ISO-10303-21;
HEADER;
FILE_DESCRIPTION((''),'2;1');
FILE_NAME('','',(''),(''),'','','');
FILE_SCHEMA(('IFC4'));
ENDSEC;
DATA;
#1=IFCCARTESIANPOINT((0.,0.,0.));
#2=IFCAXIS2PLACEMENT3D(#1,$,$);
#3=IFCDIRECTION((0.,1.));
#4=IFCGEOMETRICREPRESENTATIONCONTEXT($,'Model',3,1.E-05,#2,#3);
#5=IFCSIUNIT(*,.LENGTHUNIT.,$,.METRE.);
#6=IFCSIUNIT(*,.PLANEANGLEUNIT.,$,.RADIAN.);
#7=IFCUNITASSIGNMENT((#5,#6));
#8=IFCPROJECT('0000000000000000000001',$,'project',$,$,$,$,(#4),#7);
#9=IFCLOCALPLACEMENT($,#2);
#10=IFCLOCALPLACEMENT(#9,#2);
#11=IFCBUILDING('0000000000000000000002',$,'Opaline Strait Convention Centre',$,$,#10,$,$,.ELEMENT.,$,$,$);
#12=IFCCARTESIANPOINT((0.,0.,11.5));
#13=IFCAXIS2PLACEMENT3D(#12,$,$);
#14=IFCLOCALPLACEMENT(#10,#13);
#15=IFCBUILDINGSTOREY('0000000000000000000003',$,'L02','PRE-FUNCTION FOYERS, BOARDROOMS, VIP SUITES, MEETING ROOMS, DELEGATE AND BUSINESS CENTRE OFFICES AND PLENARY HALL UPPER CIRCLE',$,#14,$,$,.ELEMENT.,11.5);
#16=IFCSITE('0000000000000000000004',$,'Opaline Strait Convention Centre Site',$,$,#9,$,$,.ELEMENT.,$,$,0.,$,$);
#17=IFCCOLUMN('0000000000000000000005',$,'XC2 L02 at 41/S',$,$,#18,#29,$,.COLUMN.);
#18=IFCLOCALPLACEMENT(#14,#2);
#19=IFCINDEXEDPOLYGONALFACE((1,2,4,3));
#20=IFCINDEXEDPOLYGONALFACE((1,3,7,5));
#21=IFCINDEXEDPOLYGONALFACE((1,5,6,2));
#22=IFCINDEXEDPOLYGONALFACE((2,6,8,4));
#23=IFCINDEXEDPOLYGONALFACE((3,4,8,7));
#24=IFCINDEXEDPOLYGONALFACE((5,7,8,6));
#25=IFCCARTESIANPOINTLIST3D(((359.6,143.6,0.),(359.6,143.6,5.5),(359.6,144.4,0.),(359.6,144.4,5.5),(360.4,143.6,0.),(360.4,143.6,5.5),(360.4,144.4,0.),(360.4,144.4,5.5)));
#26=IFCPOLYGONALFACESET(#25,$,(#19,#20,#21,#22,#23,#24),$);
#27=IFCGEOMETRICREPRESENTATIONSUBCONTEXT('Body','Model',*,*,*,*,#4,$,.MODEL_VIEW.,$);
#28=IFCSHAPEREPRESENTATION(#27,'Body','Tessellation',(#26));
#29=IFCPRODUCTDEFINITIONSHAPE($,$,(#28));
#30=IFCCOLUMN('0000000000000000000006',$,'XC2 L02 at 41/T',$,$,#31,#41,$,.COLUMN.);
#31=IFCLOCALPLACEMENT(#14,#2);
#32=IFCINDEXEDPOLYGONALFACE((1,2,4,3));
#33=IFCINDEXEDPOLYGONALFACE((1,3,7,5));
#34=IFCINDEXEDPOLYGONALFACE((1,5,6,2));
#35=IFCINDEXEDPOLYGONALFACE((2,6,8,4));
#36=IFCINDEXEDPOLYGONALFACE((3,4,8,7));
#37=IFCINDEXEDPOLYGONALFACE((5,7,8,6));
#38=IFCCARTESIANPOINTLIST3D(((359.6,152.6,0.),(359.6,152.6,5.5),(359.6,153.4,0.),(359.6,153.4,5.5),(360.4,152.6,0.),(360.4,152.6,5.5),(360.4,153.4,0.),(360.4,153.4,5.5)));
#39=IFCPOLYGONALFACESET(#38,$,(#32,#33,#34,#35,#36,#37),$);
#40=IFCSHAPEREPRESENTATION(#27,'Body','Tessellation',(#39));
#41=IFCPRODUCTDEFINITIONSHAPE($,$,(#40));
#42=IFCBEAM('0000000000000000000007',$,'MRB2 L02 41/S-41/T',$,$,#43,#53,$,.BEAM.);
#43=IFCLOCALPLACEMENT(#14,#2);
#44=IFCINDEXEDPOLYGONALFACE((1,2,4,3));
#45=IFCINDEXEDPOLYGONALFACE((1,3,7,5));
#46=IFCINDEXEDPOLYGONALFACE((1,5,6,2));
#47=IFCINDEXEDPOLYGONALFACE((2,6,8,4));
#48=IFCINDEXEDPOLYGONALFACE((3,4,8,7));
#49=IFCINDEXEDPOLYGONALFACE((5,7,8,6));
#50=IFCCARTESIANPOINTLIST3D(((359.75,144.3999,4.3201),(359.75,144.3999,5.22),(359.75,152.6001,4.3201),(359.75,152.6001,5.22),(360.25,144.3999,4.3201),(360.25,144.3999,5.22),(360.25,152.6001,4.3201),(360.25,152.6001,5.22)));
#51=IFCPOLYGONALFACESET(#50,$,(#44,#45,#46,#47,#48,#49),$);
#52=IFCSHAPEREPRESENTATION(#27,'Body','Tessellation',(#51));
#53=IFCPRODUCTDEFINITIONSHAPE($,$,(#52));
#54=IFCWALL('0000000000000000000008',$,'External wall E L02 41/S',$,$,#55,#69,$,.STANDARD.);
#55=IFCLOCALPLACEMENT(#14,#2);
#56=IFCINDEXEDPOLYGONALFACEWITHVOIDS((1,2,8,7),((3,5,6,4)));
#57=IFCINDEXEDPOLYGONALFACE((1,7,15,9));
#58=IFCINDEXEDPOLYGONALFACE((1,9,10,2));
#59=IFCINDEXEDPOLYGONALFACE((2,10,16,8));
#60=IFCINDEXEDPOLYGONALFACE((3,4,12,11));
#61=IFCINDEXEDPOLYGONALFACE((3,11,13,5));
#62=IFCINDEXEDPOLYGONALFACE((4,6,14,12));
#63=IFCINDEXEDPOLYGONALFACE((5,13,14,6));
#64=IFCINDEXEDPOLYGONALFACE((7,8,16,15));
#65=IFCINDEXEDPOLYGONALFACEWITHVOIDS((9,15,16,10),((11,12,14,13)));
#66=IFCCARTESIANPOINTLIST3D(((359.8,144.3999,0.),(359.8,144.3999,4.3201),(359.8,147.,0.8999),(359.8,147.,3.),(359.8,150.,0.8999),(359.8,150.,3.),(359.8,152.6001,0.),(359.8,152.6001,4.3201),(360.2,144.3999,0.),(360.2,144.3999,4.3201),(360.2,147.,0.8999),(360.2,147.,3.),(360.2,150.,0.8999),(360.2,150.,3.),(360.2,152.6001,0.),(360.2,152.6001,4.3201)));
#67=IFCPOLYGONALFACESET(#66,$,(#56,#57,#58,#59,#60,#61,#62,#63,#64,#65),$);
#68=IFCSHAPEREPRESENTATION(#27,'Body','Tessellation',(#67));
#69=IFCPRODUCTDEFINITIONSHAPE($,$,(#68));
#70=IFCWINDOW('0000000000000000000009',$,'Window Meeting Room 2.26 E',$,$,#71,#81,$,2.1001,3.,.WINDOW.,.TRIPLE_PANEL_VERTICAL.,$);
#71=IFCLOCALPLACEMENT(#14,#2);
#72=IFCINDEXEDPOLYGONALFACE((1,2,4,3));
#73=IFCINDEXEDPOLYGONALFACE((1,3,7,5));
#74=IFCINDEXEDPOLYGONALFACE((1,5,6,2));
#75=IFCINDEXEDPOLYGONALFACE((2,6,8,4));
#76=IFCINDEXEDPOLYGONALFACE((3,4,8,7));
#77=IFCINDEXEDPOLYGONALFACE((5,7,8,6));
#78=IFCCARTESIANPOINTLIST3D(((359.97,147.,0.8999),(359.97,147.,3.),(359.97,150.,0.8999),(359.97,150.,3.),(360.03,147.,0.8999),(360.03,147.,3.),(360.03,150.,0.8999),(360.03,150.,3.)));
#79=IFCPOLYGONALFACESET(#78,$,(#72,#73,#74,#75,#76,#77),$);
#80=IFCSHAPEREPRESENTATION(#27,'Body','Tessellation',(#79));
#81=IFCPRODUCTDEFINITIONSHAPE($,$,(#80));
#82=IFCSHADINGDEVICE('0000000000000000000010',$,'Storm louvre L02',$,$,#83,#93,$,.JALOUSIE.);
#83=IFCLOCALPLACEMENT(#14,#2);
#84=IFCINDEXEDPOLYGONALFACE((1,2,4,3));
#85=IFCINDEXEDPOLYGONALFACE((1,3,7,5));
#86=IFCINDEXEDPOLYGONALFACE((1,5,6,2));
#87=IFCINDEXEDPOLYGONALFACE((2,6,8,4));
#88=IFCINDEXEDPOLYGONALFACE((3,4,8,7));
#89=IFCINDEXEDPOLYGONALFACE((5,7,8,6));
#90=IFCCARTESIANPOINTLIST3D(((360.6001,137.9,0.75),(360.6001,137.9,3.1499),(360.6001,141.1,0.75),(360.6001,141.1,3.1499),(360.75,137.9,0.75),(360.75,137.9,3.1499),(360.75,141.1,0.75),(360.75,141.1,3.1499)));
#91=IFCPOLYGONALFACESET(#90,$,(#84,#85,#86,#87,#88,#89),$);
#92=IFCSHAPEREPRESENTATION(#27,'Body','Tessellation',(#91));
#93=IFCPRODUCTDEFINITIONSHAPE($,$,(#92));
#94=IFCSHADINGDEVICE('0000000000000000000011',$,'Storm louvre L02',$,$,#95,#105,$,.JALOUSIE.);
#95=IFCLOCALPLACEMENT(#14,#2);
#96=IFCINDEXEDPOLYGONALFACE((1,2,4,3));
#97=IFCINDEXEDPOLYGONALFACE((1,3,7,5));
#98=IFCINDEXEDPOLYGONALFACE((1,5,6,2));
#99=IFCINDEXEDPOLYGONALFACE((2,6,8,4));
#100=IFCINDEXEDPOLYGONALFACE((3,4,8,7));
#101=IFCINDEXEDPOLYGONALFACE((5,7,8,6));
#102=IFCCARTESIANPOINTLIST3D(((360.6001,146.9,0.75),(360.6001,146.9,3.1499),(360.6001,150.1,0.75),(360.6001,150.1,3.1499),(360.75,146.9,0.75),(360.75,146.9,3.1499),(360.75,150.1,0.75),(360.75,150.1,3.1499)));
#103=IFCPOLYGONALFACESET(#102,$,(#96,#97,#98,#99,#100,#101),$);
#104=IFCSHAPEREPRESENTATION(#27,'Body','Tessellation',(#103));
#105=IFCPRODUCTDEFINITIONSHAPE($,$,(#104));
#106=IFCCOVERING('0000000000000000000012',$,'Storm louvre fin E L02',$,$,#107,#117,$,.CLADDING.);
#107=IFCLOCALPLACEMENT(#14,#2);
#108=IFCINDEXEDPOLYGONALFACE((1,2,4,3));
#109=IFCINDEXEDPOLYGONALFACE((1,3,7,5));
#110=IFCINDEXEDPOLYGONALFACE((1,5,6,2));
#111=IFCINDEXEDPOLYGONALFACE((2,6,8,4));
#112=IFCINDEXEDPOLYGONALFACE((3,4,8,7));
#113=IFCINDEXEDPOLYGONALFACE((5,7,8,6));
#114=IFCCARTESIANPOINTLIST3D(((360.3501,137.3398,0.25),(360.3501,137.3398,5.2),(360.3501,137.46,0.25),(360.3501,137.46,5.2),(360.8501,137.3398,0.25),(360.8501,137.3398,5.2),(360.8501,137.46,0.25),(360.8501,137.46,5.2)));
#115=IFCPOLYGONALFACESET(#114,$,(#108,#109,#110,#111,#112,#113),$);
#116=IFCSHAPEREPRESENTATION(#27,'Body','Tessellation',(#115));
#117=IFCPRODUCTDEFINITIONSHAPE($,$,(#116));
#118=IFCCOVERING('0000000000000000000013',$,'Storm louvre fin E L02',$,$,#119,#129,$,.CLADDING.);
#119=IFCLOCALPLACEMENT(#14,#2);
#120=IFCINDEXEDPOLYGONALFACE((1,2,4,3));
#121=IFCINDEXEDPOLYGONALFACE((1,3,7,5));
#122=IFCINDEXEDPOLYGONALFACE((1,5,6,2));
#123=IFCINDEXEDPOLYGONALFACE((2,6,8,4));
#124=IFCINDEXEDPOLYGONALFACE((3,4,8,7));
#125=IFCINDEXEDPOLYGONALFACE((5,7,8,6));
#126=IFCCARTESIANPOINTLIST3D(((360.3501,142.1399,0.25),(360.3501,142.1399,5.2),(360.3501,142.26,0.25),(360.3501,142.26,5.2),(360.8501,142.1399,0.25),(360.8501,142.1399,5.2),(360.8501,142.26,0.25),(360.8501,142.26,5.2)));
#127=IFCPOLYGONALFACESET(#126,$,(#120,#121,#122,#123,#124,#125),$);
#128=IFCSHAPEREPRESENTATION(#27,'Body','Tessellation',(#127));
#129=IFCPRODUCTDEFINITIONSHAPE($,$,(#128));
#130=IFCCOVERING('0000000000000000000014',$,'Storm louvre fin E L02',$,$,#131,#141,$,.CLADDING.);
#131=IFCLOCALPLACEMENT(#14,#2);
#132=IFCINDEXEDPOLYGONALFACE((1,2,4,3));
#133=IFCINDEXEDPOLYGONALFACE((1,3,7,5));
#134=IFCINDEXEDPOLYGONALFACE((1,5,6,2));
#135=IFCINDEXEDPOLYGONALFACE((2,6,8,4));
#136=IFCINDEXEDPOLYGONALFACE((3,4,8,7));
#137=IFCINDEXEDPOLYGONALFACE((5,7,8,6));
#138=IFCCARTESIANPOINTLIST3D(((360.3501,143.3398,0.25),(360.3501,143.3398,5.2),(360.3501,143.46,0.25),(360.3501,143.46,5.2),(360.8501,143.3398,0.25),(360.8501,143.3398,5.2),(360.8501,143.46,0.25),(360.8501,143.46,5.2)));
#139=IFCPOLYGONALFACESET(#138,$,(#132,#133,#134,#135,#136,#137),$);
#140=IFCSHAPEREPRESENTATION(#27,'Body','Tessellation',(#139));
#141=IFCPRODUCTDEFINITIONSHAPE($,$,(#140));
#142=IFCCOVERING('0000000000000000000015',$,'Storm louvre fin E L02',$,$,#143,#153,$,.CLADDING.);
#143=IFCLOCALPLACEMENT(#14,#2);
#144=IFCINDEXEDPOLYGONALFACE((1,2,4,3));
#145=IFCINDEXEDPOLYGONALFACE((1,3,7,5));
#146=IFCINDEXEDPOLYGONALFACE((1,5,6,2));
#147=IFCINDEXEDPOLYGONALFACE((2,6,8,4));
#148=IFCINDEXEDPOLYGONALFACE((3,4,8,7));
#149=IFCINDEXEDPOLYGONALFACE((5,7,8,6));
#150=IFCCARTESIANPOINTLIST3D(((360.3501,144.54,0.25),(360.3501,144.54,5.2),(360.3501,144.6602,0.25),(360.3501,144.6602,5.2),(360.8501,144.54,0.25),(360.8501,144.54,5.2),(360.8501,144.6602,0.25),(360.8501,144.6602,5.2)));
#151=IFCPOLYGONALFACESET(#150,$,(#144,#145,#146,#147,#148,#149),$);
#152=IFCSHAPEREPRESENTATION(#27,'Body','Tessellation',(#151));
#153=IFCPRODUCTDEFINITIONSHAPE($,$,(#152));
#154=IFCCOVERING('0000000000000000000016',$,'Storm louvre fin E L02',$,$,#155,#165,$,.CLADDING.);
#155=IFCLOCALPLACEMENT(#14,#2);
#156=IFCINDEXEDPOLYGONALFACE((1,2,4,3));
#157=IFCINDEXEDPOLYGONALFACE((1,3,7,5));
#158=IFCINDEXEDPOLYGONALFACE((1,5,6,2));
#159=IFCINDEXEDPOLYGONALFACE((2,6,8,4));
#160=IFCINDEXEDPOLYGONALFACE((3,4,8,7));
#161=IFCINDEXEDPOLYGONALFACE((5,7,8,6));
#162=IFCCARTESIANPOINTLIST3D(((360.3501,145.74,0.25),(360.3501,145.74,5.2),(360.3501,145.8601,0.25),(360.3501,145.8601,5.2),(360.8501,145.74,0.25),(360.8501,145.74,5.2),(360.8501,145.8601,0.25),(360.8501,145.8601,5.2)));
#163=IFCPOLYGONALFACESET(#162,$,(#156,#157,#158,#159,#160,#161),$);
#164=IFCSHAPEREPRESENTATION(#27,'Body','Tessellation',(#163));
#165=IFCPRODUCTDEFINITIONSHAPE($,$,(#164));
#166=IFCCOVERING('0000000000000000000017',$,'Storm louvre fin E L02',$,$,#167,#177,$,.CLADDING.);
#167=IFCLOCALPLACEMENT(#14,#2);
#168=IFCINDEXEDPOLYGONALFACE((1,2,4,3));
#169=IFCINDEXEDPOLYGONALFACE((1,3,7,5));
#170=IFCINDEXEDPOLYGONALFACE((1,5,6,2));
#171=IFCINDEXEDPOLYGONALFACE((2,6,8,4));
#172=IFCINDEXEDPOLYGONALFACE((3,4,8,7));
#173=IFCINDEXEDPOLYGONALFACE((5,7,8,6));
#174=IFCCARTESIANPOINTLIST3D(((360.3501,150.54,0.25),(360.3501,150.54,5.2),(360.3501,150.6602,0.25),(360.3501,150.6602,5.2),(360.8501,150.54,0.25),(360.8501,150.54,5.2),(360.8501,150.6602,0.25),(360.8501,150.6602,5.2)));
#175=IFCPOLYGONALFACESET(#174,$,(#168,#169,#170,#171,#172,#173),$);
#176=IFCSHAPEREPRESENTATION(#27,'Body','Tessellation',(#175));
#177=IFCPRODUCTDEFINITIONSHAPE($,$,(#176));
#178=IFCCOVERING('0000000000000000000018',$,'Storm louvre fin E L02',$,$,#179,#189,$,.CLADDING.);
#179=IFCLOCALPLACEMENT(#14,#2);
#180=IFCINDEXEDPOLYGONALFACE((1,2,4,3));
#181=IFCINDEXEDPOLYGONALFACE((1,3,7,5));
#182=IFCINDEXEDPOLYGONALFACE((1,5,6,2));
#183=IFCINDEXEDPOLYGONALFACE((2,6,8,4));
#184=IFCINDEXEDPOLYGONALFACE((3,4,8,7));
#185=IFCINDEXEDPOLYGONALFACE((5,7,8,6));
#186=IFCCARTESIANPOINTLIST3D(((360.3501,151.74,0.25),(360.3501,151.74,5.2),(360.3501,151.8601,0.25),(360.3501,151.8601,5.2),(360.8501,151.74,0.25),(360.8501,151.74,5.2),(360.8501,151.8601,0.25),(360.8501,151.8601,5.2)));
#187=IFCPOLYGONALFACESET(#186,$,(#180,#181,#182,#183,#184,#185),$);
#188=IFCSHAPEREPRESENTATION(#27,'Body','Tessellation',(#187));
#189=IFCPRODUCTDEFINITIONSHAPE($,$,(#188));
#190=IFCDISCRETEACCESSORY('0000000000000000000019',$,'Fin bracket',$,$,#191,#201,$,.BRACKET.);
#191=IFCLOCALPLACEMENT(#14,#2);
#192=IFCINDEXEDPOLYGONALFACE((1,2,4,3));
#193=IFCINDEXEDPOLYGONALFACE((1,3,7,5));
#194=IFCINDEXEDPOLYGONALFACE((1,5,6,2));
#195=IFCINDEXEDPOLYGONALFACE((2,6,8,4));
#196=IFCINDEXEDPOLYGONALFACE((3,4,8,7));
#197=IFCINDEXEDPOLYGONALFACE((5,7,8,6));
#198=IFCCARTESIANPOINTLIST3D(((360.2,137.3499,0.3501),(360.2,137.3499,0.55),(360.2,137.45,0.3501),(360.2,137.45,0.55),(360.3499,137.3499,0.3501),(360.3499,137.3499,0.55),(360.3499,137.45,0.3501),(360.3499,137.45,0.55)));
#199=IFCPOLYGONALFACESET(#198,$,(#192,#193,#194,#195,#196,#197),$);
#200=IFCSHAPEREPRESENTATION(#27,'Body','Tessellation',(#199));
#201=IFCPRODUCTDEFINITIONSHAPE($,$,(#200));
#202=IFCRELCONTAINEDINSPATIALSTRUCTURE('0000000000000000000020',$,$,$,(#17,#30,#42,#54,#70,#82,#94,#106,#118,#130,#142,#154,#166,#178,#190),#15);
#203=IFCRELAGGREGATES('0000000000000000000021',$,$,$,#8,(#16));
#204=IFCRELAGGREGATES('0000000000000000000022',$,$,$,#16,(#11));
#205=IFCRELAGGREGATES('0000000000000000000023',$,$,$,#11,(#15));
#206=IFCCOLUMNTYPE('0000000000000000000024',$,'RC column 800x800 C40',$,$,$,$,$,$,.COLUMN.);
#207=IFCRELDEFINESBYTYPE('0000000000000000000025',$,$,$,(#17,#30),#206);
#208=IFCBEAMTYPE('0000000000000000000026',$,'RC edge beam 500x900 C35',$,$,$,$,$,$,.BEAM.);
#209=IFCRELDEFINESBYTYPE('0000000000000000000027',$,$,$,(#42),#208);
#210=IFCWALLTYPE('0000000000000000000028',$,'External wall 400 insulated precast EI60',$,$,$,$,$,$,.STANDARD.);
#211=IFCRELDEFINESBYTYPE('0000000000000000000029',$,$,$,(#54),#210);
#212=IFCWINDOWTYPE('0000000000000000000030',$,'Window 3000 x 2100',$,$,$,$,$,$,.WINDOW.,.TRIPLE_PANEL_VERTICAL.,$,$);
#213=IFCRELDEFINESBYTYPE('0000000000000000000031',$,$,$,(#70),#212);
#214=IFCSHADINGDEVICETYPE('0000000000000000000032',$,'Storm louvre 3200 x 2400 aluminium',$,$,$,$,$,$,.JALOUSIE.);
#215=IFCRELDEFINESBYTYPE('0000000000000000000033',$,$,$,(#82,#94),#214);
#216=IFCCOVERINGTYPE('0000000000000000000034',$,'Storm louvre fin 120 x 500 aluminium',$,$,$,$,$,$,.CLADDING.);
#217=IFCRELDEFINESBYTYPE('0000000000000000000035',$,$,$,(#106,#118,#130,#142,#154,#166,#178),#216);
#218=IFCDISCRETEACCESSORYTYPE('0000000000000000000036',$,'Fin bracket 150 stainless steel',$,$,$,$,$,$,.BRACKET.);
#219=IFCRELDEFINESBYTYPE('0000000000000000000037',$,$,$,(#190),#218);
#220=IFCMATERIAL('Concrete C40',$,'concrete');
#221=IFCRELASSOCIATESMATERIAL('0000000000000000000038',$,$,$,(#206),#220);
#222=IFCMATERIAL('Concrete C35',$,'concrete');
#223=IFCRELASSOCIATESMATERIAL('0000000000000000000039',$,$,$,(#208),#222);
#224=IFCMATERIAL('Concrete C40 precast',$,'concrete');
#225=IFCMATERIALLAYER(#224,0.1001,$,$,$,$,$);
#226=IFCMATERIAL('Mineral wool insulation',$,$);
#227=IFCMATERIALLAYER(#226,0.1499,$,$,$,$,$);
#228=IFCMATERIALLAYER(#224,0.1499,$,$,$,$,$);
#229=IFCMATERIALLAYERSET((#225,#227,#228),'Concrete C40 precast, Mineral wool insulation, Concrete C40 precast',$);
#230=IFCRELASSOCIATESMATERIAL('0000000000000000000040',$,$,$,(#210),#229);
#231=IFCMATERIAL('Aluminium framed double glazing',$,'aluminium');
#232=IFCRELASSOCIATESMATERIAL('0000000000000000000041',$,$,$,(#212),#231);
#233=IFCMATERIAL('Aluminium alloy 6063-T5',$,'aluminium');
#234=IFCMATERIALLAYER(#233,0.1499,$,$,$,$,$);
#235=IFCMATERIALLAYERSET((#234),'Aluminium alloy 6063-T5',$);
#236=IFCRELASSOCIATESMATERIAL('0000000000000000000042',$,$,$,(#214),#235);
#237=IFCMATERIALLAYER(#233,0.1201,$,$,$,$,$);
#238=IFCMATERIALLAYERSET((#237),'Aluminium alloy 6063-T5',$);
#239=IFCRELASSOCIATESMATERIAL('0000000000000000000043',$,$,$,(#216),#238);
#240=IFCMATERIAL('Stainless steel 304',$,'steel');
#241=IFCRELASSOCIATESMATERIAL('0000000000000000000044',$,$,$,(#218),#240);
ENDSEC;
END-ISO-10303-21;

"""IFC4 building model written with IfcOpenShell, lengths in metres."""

from ifc_helpers import new_model, si_unit, direction, frame, frame_2d, origin, origin_2d, place, context, subcontext, project, spatial, rectangle, extrude, material, layer, layer_set, material_profile, profile_set, type_object, element, fill, save


model = new_model("IFC4")

# Units and contexts
model_context = context("Model", 3, precision=1e-05, world=origin(), true_north=direction((0.0, 1.0)))
body_context = subcontext(model_context, "Body", "Model", "MODEL_VIEW")
ifc_project = project(units=[si_unit("LENGTHUNIT", "METRE"), si_unit("PLANEANGLEUNIT", "RADIAN")], contexts=[model_context])

# Site, building, storey
site_placement = place(None, origin())
site = spatial("IfcSite", under=ifc_project, at=site_placement, Name="Opaline Strait Convention Centre Site", CompositionType="ELEMENT", RefElevation=0.0)
building_placement = place(site_placement, origin())
building = spatial("IfcBuilding", under=site, at=building_placement, Name="Opaline Strait Convention Centre", CompositionType="ELEMENT")
storey_placement = place(building_placement, frame((0.0, 0.0, 11.5)))
storey = spatial("IfcBuildingStorey", under=building, at=storey_placement, Name="L02", Description="PRE-FUNCTION FOYERS, BOARDROOMS, VIP SUITES, MEETING ROOMS, DELEGATE AND BUSINESS CENTRE OFFICES AND PLENARY HALL UPPER CIRCLE", CompositionType="ELEMENT", Elevation=11.5)

# Columns
ifc_material_1 = material(Name="Concrete C40", Category="concrete")
ifc_material_profile_1 = material_profile(ifc_material_1, rectangle(XDim=0.8, YDim=0.8, at=origin_2d()), Name="RC 800x800")
ifc_profile_set_1 = profile_set([ifc_material_profile_1], Name="Concrete C40")
column_type = type_object("IfcColumnType", Name="RC column 800x800 C40", PredefinedType="COLUMN", material=ifc_profile_set_1)
for number, where, z_axis, x_axis, name in (
    (1, (360.0, 144.0, 0.0), (0.0, 0.0, 1.0), (1.0, 0.0, 0.0), "XC2 L02 at 41/S"),
    (2, (360.0, 153.0, 0.0), (0.0, 0.0, 1.0), (1.0, 0.0, 0.0), "XC2 L02 at 41/T"),
):
    element("IfcColumn", number, at=place(storey_placement, frame(where, z_axis=z_axis, x_axis=x_axis)), inside=storey, type_object=column_type, Name=name, PredefinedType="COLUMN", context=body_context, shape_type="SweptSolid", body=[
        extrude(rectangle(XDim=0.8, YDim=0.8, at=origin_2d()), origin(), (0.0, 0.0, 1.0), 5.5),
    ])

# Beam
ifc_material_2 = material(Name="Concrete C35", Category="concrete")
ifc_material_profile_2 = material_profile(ifc_material_2, rectangle(XDim=0.5, YDim=0.8999, at=origin_2d()), Name="RC 500x900")
ifc_profile_set_2 = profile_set([ifc_material_profile_2], Name="Concrete C35")
beam_type = type_object("IfcBeamType", Name="RC edge beam 500x900 C35", PredefinedType="BEAM", material=ifc_profile_set_2)
beam_placement = place(storey_placement, frame((360.0, 144.3999, 4.77), z_axis=(0.0, 1.0, 0.0), x_axis=(-1.0, 0.0, 0.0)))
element("IfcBeam", 3, at=beam_placement, inside=storey, type_object=beam_type, Name="MRB2 L02 41/S-41/T", PredefinedType="BEAM", context=body_context, shape_type="SweptSolid", body=[
    extrude(rectangle(XDim=0.5, YDim=0.8999, at=origin_2d()), origin(), (0.0, 0.0, 1.0), 8.2002),
])

# Wall, opening, window
ifc_material_3 = material(Name="Concrete C40 precast", Category="concrete")
ifc_layer_1 = layer(ifc_material_3, 0.1001)
ifc_material_4 = material(Name="Mineral wool insulation")
ifc_layer_2 = layer(ifc_material_4, 0.1499)
ifc_layer_3 = layer(ifc_material_3, 0.1499)
ifc_layer_set_1 = layer_set([ifc_layer_1, ifc_layer_2, ifc_layer_3], Name="Concrete C40 precast, Mineral wool insulation, Concrete C40 precast")
wall_type = type_object("IfcWallType", Name="External wall 400 insulated precast EI60", PredefinedType="STANDARD", material=ifc_layer_set_1)
wall_placement = place(storey_placement, frame((360.0, 144.3999, 0.0), z_axis=(0.0, 0.0, 1.0), x_axis=(0.0, 1.0, 0.0)))
wall = element("IfcWall", 4, at=wall_placement, inside=storey, type_object=wall_type, Name="External wall E L02 41/S", PredefinedType="STANDARD", context=body_context, shape_type="SweptSolid", body=[
    extrude(rectangle(XDim=8.2002, YDim=0.3999, at=frame_2d((4.1001, 0.0))), origin(), (0.0, 0.0, 1.0), 4.3201),
])
opening_placement = place(wall_placement, frame((2.6001, 0.0, 0.8999)))
opening = element("IfcOpeningElement", 5, at=opening_placement, cuts=wall, PredefinedType="OPENING", context=body_context, shape_type="SweptSolid", body=[
    extrude(rectangle(XDim=3.0, YDim=2.1001, at=frame_2d((1.5, 1.05))), frame((0.0, 0.21, 0.0), z_axis=(0.0, -1.0, 0.0), x_axis=(1.0, 0.0, 0.0)), (0.0, 0.0, 1.0), 0.4199),
])
ifc_material_5 = material(Name="Aluminium framed double glazing", Category="aluminium")
window_type = type_object("IfcWindowType", Name="Window 3000 x 2100", PartitioningType="TRIPLE_PANEL_VERTICAL", PredefinedType="WINDOW", material=ifc_material_5)
window_placement = place(opening_placement, origin())
window = element("IfcWindow", 6, at=window_placement, inside=storey, type_object=window_type, Name="Window Meeting Room 2.26 E", OverallHeight=2.1001, OverallWidth=3.0, PartitioningType="TRIPLE_PANEL_VERTICAL", PredefinedType="WINDOW", context=body_context, shape_type="SweptSolid", body=[
    extrude(rectangle(XDim=3.0, YDim=2.1001, at=frame_2d((1.5, 1.05))), frame((0.0, 0.03, 0.0), z_axis=(0.0, -1.0, 0.0), x_axis=(1.0, 0.0, 0.0)), (0.0, 0.0, 1.0), 0.0601),
])
fill(opening, window)

# Shading devices
ifc_material_6 = material(Name="Aluminium alloy 6063-T5", Category="aluminium")
ifc_layer_4 = layer(ifc_material_6, 0.1499)
ifc_layer_set_2 = layer_set([ifc_layer_4], Name="Aluminium alloy 6063-T5")
shading_device_type = type_object("IfcShadingDeviceType", Name="Storm louvre 3200 x 2400 aluminium", PredefinedType="JALOUSIE", material=ifc_layer_set_2)
for number, where, z_axis, x_axis, name in (
    (7, (360.675, 139.5, 0.75), (0.0, 0.0, 1.0), (1.0, 0.0, 0.0), "Storm louvre L02"),
    (8, (360.675, 148.5, 0.75), (0.0, 0.0, 1.0), (1.0, 0.0, 0.0), "Storm louvre L02"),
):
    element("IfcShadingDevice", number, at=place(storey_placement, frame(where, z_axis=z_axis, x_axis=x_axis)), inside=storey, type_object=shading_device_type, Name=name, PredefinedType="JALOUSIE", context=body_context, shape_type="SweptSolid", body=[
        extrude(rectangle(XDim=0.1499, YDim=3.2, at=origin_2d()), origin(), (0.0, 0.0, 1.0), 2.3999),
    ])

# Coverings
ifc_layer_5 = layer(ifc_material_6, 0.1201)
ifc_layer_set_3 = layer_set([ifc_layer_5], Name="Aluminium alloy 6063-T5")
covering_type = type_object("IfcCoveringType", Name="Storm louvre fin 120 x 500 aluminium", PredefinedType="CLADDING", material=ifc_layer_set_3)
for number, where, z_axis, x_axis, name in (
    (9, (360.6001, 137.3999, 0.25), (0.0, 0.0, 1.0), (1.0, 0.0, 0.0), "Storm louvre fin E L02"),
    (10, (360.6001, 142.2, 0.25), (0.0, 0.0, 1.0), (1.0, 0.0, 0.0), "Storm louvre fin E L02"),
    (11, (360.6001, 143.3999, 0.25), (0.0, 0.0, 1.0), (1.0, 0.0, 0.0), "Storm louvre fin E L02"),
    (12, (360.6001, 144.6001, 0.25), (0.0, 0.0, 1.0), (1.0, 0.0, 0.0), "Storm louvre fin E L02"),
    (13, (360.6001, 145.8, 0.25), (0.0, 0.0, 1.0), (1.0, 0.0, 0.0), "Storm louvre fin E L02"),
    (14, (360.6001, 150.6001, 0.25), (0.0, 0.0, 1.0), (1.0, 0.0, 0.0), "Storm louvre fin E L02"),
    (15, (360.6001, 151.8, 0.25), (0.0, 0.0, 1.0), (1.0, 0.0, 0.0), "Storm louvre fin E L02"),
):
    element("IfcCovering", number, at=place(storey_placement, frame(where, z_axis=z_axis, x_axis=x_axis)), inside=storey, type_object=covering_type, Name=name, PredefinedType="CLADDING", context=body_context, shape_type="SweptSolid", body=[
        extrude(rectangle(XDim=0.5, YDim=0.1201, at=origin_2d()), origin(), (0.0, 0.0, 1.0), 4.95),
    ])

# Discrete accessory
ifc_material_7 = material(Name="Stainless steel 304", Category="steel")
discrete_accessory_type_1 = type_object("IfcDiscreteAccessoryType", Name="Fin bracket 150 stainless steel", PredefinedType="BRACKET", material=ifc_material_7)
for number, where, z_axis, x_axis, name in (
    (16, (360.2749, 137.3999, 0.3501), (0.0, 0.0, 1.0), (1.0, 0.0, 0.0), "Fin bracket"),
):
    element("IfcDiscreteAccessory", number, at=place(storey_placement, frame(where, z_axis=z_axis, x_axis=x_axis)), inside=storey, type_object=discrete_accessory_type_1, Name=name, PredefinedType="BRACKET", context=body_context, shape_type="SweptSolid", body=[
        extrude(rectangle(XDim=0.1499, YDim=0.1001, at=origin_2d()), origin(), (0.0, 0.0, 1.0), 0.2),
    ])

save(model, "model.ifc")
